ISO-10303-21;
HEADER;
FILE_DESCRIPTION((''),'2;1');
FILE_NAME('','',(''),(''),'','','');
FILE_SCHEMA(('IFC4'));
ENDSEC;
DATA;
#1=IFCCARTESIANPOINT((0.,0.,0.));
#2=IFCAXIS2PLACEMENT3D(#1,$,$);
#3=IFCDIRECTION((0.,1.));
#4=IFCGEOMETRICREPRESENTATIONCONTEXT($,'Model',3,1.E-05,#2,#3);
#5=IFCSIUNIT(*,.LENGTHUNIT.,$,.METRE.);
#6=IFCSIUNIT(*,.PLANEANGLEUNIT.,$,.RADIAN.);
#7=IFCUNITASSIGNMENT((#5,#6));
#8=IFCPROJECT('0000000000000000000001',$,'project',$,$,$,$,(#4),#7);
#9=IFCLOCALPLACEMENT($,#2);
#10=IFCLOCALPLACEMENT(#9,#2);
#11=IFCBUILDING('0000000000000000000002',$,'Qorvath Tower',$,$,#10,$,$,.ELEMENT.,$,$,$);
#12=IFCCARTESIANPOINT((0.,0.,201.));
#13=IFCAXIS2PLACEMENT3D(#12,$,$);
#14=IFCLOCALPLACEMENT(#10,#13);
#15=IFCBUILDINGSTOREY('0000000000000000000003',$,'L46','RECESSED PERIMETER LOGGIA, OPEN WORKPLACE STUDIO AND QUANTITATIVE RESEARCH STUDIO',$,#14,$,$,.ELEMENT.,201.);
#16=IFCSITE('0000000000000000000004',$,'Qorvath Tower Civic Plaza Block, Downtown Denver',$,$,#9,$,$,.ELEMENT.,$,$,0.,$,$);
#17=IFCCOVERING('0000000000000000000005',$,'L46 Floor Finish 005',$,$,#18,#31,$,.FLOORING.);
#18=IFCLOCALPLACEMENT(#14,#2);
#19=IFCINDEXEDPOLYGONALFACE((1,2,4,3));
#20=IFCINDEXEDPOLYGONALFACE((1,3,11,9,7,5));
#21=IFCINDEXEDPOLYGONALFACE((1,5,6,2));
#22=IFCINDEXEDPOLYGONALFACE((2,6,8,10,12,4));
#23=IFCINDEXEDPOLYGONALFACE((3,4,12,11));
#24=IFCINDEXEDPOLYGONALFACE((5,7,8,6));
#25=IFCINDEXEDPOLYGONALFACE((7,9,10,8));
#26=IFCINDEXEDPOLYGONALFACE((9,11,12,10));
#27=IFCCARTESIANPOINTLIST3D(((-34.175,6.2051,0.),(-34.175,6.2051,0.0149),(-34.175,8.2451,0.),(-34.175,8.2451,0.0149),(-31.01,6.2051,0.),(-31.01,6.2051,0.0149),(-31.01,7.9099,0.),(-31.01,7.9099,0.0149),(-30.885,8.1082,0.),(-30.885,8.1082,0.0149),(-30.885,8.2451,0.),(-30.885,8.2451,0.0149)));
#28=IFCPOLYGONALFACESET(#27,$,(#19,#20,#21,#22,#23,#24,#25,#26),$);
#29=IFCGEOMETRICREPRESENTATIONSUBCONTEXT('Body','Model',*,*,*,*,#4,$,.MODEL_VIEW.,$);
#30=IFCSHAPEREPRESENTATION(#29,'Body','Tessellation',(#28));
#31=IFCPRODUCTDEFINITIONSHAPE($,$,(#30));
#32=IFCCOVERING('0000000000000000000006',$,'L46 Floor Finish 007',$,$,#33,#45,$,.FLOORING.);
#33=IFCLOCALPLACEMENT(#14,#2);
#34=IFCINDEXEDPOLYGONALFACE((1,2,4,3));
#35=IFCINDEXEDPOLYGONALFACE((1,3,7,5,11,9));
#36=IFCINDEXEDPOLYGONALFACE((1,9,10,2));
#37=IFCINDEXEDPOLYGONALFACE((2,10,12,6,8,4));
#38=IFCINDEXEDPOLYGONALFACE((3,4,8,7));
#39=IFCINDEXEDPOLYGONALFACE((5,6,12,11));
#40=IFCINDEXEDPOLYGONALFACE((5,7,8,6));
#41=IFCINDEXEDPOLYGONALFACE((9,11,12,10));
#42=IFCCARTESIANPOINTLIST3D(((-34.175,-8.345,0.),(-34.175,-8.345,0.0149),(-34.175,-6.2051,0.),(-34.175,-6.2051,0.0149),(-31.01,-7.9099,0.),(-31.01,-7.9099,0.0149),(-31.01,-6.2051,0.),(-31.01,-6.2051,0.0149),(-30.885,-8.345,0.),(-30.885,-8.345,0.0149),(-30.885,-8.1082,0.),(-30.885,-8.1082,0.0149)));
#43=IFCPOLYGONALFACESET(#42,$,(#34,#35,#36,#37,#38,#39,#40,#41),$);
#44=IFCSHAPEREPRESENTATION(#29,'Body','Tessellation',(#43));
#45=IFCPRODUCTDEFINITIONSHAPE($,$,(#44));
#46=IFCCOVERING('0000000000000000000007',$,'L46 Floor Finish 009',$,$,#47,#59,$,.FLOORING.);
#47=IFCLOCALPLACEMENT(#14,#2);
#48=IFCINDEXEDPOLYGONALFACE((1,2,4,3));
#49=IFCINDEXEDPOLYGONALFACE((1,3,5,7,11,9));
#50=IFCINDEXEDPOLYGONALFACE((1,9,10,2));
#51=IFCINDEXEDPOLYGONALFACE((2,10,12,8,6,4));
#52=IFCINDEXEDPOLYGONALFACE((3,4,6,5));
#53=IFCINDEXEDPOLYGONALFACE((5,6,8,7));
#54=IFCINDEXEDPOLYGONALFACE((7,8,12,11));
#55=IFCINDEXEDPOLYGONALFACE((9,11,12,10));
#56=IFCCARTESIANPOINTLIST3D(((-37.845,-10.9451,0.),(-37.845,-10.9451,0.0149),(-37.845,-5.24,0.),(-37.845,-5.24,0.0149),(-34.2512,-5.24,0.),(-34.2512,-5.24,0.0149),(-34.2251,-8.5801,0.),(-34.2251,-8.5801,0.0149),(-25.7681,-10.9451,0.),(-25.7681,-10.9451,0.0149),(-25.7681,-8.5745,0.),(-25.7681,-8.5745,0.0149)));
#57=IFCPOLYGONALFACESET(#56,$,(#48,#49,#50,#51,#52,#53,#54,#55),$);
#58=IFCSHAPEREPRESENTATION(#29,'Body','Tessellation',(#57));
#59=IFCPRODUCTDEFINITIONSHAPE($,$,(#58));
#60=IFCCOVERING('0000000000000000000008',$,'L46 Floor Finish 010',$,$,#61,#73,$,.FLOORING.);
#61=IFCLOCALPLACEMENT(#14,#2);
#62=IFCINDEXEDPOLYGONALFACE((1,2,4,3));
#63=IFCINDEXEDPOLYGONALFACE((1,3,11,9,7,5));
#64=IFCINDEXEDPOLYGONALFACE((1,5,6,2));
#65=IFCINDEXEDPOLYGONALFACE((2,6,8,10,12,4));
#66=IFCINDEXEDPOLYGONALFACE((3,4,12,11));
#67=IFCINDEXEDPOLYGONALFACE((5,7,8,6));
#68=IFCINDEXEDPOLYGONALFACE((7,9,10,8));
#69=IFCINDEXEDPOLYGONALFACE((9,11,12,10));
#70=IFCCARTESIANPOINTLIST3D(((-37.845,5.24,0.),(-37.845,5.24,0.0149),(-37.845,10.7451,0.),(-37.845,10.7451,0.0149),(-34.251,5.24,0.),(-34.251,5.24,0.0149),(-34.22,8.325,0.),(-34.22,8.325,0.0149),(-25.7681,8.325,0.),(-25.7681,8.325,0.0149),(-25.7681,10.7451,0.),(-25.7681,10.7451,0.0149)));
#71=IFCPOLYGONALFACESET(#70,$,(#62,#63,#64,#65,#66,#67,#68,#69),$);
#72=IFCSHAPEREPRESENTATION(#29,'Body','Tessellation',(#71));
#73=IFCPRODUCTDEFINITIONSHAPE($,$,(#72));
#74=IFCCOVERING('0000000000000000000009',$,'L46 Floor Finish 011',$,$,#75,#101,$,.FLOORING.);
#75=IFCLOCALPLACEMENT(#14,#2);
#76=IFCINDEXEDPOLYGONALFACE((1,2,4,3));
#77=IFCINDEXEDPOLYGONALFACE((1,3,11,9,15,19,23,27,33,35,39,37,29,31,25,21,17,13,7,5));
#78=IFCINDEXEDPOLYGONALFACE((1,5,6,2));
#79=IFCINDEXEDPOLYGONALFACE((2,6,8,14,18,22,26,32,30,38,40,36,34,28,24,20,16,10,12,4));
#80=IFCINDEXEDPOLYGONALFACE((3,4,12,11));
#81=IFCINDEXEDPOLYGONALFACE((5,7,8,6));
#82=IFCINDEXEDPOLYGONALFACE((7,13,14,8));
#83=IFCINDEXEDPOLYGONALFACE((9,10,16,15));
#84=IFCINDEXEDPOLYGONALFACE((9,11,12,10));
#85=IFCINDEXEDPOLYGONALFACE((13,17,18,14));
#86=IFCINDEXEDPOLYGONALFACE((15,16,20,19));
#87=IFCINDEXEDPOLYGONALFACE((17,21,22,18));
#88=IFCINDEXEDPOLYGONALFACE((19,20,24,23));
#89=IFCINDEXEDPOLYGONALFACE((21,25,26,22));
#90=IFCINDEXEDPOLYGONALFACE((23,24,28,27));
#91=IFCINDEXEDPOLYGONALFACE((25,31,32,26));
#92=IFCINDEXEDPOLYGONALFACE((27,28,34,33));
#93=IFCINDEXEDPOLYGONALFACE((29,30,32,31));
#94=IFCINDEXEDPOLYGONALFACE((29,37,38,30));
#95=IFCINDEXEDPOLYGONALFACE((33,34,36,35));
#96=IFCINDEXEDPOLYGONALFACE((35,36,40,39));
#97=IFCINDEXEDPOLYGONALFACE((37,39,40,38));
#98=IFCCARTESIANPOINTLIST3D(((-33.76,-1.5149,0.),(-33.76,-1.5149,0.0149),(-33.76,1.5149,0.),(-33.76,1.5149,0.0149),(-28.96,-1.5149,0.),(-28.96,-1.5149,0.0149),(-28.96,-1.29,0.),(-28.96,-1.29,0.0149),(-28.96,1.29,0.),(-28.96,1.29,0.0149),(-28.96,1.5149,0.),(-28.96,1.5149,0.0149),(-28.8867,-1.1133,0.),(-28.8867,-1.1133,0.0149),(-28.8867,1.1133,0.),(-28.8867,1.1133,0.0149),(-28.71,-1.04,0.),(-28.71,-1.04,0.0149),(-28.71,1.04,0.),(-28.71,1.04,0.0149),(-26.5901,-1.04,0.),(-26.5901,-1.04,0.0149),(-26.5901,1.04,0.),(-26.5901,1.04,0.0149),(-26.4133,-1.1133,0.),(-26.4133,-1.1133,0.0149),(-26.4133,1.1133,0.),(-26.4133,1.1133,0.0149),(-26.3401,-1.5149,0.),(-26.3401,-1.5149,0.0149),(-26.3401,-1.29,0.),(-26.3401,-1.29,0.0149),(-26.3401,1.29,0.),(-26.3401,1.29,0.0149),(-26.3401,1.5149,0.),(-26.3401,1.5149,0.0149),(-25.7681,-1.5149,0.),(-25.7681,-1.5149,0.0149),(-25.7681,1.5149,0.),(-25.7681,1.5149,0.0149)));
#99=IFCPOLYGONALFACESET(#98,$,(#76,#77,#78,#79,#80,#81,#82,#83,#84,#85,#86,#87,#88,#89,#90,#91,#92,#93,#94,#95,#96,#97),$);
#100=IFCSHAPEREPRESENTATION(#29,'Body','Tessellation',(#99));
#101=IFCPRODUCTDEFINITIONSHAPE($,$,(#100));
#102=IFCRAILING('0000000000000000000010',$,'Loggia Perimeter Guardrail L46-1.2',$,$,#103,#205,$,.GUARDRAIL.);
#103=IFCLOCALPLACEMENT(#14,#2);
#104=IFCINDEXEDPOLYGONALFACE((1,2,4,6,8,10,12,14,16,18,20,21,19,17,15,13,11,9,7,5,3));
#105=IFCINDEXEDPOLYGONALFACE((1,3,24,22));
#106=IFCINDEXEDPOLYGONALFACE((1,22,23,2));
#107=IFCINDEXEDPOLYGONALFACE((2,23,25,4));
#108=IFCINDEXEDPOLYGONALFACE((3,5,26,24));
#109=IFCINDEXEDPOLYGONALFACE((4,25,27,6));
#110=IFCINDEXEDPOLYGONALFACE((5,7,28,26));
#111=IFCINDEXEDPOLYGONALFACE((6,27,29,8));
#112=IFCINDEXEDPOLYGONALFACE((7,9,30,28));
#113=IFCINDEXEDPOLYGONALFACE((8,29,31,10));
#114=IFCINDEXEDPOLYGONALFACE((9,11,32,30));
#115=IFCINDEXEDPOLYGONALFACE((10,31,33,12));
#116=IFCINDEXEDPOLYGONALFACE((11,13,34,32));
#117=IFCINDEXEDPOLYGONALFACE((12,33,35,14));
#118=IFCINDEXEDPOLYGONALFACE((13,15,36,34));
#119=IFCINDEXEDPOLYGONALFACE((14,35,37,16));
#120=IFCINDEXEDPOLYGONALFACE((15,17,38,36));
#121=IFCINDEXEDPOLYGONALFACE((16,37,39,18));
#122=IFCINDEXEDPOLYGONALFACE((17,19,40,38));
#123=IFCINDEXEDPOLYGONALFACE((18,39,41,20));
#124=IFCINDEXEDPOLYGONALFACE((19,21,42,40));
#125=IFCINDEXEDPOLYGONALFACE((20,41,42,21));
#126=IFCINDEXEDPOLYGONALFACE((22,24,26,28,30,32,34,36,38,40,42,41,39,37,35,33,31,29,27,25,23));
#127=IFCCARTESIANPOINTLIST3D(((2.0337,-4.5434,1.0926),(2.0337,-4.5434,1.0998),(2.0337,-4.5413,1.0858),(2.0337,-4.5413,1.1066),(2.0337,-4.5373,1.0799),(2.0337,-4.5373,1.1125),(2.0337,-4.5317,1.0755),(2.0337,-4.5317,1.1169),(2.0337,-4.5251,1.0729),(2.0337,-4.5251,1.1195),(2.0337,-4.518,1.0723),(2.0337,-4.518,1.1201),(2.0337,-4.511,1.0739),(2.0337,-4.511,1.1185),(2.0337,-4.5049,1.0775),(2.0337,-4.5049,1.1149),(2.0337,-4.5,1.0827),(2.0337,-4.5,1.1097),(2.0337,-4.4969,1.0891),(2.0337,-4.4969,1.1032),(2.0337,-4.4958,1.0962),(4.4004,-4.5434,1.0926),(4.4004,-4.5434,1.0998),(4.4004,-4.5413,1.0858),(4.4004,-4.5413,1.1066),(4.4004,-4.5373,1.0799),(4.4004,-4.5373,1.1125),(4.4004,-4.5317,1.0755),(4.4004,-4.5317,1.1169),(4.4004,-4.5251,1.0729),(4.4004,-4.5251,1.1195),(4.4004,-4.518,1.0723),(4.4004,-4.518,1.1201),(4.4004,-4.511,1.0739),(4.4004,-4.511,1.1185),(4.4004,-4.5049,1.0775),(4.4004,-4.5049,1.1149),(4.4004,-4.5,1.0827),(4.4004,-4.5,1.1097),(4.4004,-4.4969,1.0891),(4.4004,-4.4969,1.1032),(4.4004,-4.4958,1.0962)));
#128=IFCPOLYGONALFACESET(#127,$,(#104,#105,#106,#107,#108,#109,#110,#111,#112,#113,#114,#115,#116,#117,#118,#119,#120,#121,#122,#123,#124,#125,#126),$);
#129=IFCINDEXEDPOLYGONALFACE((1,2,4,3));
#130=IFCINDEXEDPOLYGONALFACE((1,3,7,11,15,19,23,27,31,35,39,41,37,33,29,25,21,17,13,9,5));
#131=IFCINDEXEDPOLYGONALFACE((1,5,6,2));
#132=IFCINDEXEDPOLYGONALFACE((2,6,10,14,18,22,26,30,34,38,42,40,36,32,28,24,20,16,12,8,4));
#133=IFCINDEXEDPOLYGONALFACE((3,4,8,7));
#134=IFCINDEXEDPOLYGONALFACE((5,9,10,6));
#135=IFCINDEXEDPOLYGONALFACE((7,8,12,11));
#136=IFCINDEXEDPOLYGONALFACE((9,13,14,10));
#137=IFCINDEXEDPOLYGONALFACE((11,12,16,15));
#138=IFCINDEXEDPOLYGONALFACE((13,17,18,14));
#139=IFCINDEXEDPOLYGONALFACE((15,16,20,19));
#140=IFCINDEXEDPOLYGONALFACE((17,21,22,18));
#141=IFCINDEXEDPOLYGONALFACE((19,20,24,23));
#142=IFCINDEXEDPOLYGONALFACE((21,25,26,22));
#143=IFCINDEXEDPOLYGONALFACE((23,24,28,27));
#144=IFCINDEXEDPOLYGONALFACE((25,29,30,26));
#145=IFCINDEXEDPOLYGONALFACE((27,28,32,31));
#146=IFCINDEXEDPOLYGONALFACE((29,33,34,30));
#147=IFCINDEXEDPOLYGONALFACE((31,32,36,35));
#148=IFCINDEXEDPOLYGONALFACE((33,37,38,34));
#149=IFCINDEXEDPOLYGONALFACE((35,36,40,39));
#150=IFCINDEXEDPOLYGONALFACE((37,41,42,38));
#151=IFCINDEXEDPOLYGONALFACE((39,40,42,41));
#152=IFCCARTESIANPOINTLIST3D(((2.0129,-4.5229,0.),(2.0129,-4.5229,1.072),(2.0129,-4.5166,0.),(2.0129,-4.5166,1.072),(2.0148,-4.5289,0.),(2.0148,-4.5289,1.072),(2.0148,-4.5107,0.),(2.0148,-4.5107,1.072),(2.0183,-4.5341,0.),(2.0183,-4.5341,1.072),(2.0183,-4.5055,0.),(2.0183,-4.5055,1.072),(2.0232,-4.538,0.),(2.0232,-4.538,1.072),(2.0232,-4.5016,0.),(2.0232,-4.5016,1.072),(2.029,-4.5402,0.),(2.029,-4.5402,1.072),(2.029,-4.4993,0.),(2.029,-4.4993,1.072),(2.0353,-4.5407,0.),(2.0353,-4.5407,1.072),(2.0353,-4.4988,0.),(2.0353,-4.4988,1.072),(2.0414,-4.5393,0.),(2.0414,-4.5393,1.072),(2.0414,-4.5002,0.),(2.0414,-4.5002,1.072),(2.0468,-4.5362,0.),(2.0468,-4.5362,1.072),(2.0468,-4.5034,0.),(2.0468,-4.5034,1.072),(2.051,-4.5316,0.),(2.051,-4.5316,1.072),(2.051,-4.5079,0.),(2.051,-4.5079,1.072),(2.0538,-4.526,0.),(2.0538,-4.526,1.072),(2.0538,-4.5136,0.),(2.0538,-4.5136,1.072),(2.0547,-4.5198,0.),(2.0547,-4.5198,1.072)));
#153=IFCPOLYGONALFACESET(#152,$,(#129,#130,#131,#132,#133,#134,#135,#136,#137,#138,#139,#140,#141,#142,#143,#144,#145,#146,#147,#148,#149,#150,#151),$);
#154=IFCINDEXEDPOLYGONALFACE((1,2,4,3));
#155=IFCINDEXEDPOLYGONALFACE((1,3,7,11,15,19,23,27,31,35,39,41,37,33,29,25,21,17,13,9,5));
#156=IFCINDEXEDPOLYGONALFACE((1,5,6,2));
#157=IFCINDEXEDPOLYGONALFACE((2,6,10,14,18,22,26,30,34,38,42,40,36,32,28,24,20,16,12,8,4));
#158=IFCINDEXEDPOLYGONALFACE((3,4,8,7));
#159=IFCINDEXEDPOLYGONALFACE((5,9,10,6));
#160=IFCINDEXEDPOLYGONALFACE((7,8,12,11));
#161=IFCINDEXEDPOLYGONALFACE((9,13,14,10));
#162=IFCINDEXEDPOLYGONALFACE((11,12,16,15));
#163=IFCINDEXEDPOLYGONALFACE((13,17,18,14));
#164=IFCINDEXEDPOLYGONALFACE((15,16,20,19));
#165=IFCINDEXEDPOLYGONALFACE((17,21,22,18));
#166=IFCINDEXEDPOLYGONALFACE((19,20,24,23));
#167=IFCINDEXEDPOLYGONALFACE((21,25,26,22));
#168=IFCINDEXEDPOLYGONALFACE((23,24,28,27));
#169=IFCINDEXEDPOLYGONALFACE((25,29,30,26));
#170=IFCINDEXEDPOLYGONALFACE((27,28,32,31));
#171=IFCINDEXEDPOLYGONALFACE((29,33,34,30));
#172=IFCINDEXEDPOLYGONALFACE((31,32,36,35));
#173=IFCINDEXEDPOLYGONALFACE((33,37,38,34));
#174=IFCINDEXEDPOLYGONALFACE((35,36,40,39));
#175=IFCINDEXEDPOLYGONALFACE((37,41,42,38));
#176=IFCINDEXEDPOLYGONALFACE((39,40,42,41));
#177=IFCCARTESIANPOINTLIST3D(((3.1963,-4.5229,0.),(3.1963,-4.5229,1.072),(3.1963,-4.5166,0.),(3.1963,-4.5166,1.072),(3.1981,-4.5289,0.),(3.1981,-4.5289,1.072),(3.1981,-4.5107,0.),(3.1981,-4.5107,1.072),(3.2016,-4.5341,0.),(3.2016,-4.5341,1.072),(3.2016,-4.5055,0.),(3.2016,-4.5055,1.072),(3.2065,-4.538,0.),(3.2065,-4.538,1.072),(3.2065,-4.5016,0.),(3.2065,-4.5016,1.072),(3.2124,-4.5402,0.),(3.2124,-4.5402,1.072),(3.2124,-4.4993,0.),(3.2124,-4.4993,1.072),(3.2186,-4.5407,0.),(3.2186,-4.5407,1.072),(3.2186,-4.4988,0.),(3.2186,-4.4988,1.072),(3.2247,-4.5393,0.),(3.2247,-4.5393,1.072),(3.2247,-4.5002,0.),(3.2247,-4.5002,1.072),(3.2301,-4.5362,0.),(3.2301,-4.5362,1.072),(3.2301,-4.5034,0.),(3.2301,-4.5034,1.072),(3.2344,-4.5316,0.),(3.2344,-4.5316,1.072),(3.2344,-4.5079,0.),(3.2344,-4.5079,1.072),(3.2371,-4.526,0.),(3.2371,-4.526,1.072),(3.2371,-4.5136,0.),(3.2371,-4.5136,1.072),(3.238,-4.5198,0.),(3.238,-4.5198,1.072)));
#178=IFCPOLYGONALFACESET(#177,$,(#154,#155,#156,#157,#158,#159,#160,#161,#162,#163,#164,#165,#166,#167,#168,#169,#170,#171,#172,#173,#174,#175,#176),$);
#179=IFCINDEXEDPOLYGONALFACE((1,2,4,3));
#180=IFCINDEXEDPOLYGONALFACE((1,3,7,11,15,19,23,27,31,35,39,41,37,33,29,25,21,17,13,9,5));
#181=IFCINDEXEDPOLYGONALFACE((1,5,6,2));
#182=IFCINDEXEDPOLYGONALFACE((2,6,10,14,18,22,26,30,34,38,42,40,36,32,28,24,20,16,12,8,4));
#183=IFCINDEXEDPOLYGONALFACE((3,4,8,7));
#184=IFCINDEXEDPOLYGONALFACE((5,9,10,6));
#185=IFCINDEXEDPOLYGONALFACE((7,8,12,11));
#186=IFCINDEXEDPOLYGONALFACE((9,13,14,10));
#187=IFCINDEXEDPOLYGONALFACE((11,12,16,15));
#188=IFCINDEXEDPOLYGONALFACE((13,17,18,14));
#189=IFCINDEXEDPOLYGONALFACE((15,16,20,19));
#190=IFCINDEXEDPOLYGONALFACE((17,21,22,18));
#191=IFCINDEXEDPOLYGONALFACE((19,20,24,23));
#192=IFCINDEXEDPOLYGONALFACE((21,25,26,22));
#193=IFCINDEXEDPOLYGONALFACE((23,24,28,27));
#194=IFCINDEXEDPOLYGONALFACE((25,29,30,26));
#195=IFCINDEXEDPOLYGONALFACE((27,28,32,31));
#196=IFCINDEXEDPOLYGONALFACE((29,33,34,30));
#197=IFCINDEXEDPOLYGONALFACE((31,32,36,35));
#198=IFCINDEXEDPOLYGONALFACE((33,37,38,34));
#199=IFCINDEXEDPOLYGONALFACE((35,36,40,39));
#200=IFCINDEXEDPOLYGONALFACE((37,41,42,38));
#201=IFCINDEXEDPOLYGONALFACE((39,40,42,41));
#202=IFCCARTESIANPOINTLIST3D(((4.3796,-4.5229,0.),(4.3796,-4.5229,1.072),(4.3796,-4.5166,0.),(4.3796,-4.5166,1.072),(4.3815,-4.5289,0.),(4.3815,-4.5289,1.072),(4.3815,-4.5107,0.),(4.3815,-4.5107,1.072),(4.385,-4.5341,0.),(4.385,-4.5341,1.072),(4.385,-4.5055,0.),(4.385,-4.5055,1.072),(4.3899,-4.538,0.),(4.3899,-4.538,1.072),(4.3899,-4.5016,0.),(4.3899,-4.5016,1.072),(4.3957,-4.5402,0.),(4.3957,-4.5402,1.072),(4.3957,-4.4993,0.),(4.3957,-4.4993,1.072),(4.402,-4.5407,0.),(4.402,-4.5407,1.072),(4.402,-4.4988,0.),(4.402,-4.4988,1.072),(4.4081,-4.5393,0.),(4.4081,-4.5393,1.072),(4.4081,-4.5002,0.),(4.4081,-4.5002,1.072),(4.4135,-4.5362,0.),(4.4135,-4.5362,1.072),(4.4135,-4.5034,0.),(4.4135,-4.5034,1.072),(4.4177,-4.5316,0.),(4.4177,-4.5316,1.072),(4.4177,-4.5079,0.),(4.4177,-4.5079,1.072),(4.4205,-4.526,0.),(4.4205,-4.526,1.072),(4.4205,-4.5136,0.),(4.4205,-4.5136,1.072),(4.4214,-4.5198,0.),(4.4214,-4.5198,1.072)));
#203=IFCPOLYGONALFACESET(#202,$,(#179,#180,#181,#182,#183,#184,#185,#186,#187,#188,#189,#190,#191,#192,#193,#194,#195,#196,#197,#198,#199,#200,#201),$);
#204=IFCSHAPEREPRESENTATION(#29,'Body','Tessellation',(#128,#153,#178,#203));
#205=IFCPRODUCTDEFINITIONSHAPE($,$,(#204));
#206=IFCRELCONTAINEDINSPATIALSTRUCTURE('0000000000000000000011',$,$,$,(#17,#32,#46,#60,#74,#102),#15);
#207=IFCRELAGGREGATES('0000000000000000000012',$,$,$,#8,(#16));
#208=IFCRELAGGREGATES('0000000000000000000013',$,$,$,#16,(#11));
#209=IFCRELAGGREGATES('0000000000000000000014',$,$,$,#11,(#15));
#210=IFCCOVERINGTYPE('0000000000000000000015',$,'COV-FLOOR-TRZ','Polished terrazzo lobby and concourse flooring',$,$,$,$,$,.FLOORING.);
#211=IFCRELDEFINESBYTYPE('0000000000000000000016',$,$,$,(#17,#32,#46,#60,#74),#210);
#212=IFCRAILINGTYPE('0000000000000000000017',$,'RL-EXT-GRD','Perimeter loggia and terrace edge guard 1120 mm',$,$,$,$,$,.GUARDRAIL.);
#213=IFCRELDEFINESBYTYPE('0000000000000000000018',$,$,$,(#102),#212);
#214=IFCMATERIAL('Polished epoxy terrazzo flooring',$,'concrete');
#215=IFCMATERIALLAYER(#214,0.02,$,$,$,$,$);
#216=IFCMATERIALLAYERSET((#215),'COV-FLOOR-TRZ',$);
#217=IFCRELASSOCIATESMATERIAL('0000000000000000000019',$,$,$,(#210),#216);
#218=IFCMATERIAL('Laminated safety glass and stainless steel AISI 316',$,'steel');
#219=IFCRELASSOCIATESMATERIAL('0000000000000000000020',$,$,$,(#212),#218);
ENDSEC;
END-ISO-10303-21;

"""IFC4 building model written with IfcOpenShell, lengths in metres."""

from ifc_helpers import new_model, si_unit, direction, frame, origin, origin_2d, place, context, subcontext, project, spatial, polyline, circle, outline, extrude, material, layer, layer_set, type_object, element, save


model = new_model("IFC4")

# Units and contexts
model_context = context("Model", 3, precision=1e-05, world=origin(), true_north=direction((0.0, 1.0)))
body_context = subcontext(model_context, "Body", "Model", "MODEL_VIEW")
ifc_project = project(units=[si_unit("LENGTHUNIT", "METRE"), si_unit("PLANEANGLEUNIT", "RADIAN")], contexts=[model_context])

# Site, building, storey
site_placement = place(None, origin())
site = spatial("IfcSite", under=ifc_project, at=site_placement, Name="Qorvath Tower Civic Plaza Block, Downtown Denver", CompositionType="ELEMENT", RefElevation=0.0)
building_placement = place(site_placement, origin())
building = spatial("IfcBuilding", under=site, at=building_placement, Name="Qorvath Tower", CompositionType="ELEMENT")
storey_placement = place(building_placement, frame((0.0, 0.0, 201.0)))
storey = spatial("IfcBuildingStorey", under=building, at=storey_placement, Name="L46", Description="RECESSED PERIMETER LOGGIA, OPEN WORKPLACE STUDIO AND QUANTITATIVE RESEARCH STUDIO", CompositionType="ELEMENT", Elevation=201.0)

# Coverings
ifc_material_1 = material(Name="Polished epoxy terrazzo flooring", Category="concrete")
ifc_layer_1 = layer(ifc_material_1, 0.02)
ifc_layer_set_1 = layer_set([ifc_layer_1], Name="COV-FLOOR-TRZ")
covering_type_1 = type_object("IfcCoveringType", Name="COV-FLOOR-TRZ", Description="Polished terrazzo lobby and concourse flooring", PredefinedType="FLOORING", material=ifc_layer_set_1)
covering_1_placement = place(storey_placement, origin())
element("IfcCovering", 1, at=covering_1_placement, inside=storey, type_object=covering_type_1, Name="L46 Floor Finish 005", PredefinedType="FLOORING", context=body_context, shape_type="SweptSolid", body=[
    extrude(outline(polyline([(-31.01, 6.2051), (-31.01, 7.9099), (-30.885, 8.1082), (-30.885, 8.2451), (-34.175, 8.2451), (-34.175, 6.2051), (-31.01, 6.2051)])), origin(), (0.0, 0.0, 1.0), 0.0149),
])
covering_2_placement = place(storey_placement, origin())
element("IfcCovering", 2, at=covering_2_placement, inside=storey, type_object=covering_type_1, Name="L46 Floor Finish 007", PredefinedType="FLOORING", context=body_context, shape_type="SweptSolid", body=[
    extrude(outline(polyline([(-30.885, -8.345), (-30.885, -8.1082), (-31.01, -7.9099), (-31.01, -6.2051), (-34.175, -6.2051), (-34.175, -8.345), (-30.885, -8.345)])), origin(), (0.0, 0.0, 1.0), 0.0149),
])
covering_3_placement = place(storey_placement, origin())
element("IfcCovering", 3, at=covering_3_placement, inside=storey, type_object=covering_type_1, Name="L46 Floor Finish 009", PredefinedType="FLOORING", context=body_context, shape_type="SweptSolid", body=[
    extrude(outline(polyline([(-34.2251, -8.5801), (-34.2512, -5.24), (-37.845, -5.24), (-37.845, -10.9451), (-25.7681, -10.9451), (-25.7681, -8.5745), (-34.2251, -8.5801)])), origin(), (0.0, 0.0, 1.0), 0.0149),
])
covering_4_placement = place(storey_placement, origin())
element("IfcCovering", 4, at=covering_4_placement, inside=storey, type_object=covering_type_1, Name="L46 Floor Finish 010", PredefinedType="FLOORING", context=body_context, shape_type="SweptSolid", body=[
    extrude(outline(polyline([(-25.7681, 8.325), (-25.7681, 10.7451), (-37.845, 10.7451), (-37.845, 5.24), (-34.251, 5.24), (-34.22, 8.325), (-25.7681, 8.325)])), origin(), (0.0, 0.0, 1.0), 0.0149),
])
covering_5_placement = place(storey_placement, origin())
element("IfcCovering", 5, at=covering_5_placement, inside=storey, type_object=covering_type_1, Name="L46 Floor Finish 011", PredefinedType="FLOORING", context=body_context, shape_type="SweptSolid", body=[
    extrude(outline(polyline([(-25.7681, -1.5149), (-25.7681, 1.5149), (-26.3401, 1.5149), (-26.3401, 1.29), (-26.4133, 1.1133), (-26.5901, 1.04), (-28.71, 1.04), (-28.8867, 1.1133), (-28.96, 1.29), (-28.96, 1.5149), (-33.76, 1.5149), (-33.76, -1.5149), (-28.96, -1.5149), (-28.96, -1.29), (-28.8867, -1.1133), (-28.71, -1.04), (-26.5901, -1.04), (-26.4133, -1.1133), (-26.3401, -1.29), (-26.3401, -1.5149), (-25.7681, -1.5149)])), origin(), (0.0, 0.0, 1.0), 0.0149),
])

# Railing
ifc_material_2 = material(Name="Laminated safety glass and stainless steel AISI 316", Category="steel")
railing_type = type_object("IfcRailingType", Name="RL-EXT-GRD", Description="Perimeter loggia and terrace edge guard 1120 mm", PredefinedType="GUARDRAIL", material=ifc_material_2)
railing_1_placement = place(storey_placement, frame((2.0337, -4.5198, 0.0)))
element("IfcRailing", 6, at=railing_1_placement, inside=storey, type_object=railing_type, Name="Loggia Perimeter Guardrail L46-1.2", PredefinedType="GUARDRAIL", context=body_context, shape_type="SweptSolid", body=[
    extrude(circle(Radius=0.0239, at=origin_2d()), frame((0.0, 0.0, 1.0962), z_axis=(1.0, 0.0, 0.0), x_axis=(0.0, 1.0, 0.0)), (0.0, 0.0, 1.0), 2.3667),
    extrude(circle(Radius=0.021, at=origin_2d()), origin(), (0.0, 0.0, 1.0), 1.072),
    extrude(circle(Radius=0.021, at=origin_2d()), frame((1.1833, 0.0, 0.0)), (0.0, 0.0, 1.0), 1.072),
    extrude(circle(Radius=0.021, at=origin_2d()), frame((2.3667, 0.0, 0.0)), (0.0, 0.0, 1.0), 1.072),
])

save(model, "model.ifc")
